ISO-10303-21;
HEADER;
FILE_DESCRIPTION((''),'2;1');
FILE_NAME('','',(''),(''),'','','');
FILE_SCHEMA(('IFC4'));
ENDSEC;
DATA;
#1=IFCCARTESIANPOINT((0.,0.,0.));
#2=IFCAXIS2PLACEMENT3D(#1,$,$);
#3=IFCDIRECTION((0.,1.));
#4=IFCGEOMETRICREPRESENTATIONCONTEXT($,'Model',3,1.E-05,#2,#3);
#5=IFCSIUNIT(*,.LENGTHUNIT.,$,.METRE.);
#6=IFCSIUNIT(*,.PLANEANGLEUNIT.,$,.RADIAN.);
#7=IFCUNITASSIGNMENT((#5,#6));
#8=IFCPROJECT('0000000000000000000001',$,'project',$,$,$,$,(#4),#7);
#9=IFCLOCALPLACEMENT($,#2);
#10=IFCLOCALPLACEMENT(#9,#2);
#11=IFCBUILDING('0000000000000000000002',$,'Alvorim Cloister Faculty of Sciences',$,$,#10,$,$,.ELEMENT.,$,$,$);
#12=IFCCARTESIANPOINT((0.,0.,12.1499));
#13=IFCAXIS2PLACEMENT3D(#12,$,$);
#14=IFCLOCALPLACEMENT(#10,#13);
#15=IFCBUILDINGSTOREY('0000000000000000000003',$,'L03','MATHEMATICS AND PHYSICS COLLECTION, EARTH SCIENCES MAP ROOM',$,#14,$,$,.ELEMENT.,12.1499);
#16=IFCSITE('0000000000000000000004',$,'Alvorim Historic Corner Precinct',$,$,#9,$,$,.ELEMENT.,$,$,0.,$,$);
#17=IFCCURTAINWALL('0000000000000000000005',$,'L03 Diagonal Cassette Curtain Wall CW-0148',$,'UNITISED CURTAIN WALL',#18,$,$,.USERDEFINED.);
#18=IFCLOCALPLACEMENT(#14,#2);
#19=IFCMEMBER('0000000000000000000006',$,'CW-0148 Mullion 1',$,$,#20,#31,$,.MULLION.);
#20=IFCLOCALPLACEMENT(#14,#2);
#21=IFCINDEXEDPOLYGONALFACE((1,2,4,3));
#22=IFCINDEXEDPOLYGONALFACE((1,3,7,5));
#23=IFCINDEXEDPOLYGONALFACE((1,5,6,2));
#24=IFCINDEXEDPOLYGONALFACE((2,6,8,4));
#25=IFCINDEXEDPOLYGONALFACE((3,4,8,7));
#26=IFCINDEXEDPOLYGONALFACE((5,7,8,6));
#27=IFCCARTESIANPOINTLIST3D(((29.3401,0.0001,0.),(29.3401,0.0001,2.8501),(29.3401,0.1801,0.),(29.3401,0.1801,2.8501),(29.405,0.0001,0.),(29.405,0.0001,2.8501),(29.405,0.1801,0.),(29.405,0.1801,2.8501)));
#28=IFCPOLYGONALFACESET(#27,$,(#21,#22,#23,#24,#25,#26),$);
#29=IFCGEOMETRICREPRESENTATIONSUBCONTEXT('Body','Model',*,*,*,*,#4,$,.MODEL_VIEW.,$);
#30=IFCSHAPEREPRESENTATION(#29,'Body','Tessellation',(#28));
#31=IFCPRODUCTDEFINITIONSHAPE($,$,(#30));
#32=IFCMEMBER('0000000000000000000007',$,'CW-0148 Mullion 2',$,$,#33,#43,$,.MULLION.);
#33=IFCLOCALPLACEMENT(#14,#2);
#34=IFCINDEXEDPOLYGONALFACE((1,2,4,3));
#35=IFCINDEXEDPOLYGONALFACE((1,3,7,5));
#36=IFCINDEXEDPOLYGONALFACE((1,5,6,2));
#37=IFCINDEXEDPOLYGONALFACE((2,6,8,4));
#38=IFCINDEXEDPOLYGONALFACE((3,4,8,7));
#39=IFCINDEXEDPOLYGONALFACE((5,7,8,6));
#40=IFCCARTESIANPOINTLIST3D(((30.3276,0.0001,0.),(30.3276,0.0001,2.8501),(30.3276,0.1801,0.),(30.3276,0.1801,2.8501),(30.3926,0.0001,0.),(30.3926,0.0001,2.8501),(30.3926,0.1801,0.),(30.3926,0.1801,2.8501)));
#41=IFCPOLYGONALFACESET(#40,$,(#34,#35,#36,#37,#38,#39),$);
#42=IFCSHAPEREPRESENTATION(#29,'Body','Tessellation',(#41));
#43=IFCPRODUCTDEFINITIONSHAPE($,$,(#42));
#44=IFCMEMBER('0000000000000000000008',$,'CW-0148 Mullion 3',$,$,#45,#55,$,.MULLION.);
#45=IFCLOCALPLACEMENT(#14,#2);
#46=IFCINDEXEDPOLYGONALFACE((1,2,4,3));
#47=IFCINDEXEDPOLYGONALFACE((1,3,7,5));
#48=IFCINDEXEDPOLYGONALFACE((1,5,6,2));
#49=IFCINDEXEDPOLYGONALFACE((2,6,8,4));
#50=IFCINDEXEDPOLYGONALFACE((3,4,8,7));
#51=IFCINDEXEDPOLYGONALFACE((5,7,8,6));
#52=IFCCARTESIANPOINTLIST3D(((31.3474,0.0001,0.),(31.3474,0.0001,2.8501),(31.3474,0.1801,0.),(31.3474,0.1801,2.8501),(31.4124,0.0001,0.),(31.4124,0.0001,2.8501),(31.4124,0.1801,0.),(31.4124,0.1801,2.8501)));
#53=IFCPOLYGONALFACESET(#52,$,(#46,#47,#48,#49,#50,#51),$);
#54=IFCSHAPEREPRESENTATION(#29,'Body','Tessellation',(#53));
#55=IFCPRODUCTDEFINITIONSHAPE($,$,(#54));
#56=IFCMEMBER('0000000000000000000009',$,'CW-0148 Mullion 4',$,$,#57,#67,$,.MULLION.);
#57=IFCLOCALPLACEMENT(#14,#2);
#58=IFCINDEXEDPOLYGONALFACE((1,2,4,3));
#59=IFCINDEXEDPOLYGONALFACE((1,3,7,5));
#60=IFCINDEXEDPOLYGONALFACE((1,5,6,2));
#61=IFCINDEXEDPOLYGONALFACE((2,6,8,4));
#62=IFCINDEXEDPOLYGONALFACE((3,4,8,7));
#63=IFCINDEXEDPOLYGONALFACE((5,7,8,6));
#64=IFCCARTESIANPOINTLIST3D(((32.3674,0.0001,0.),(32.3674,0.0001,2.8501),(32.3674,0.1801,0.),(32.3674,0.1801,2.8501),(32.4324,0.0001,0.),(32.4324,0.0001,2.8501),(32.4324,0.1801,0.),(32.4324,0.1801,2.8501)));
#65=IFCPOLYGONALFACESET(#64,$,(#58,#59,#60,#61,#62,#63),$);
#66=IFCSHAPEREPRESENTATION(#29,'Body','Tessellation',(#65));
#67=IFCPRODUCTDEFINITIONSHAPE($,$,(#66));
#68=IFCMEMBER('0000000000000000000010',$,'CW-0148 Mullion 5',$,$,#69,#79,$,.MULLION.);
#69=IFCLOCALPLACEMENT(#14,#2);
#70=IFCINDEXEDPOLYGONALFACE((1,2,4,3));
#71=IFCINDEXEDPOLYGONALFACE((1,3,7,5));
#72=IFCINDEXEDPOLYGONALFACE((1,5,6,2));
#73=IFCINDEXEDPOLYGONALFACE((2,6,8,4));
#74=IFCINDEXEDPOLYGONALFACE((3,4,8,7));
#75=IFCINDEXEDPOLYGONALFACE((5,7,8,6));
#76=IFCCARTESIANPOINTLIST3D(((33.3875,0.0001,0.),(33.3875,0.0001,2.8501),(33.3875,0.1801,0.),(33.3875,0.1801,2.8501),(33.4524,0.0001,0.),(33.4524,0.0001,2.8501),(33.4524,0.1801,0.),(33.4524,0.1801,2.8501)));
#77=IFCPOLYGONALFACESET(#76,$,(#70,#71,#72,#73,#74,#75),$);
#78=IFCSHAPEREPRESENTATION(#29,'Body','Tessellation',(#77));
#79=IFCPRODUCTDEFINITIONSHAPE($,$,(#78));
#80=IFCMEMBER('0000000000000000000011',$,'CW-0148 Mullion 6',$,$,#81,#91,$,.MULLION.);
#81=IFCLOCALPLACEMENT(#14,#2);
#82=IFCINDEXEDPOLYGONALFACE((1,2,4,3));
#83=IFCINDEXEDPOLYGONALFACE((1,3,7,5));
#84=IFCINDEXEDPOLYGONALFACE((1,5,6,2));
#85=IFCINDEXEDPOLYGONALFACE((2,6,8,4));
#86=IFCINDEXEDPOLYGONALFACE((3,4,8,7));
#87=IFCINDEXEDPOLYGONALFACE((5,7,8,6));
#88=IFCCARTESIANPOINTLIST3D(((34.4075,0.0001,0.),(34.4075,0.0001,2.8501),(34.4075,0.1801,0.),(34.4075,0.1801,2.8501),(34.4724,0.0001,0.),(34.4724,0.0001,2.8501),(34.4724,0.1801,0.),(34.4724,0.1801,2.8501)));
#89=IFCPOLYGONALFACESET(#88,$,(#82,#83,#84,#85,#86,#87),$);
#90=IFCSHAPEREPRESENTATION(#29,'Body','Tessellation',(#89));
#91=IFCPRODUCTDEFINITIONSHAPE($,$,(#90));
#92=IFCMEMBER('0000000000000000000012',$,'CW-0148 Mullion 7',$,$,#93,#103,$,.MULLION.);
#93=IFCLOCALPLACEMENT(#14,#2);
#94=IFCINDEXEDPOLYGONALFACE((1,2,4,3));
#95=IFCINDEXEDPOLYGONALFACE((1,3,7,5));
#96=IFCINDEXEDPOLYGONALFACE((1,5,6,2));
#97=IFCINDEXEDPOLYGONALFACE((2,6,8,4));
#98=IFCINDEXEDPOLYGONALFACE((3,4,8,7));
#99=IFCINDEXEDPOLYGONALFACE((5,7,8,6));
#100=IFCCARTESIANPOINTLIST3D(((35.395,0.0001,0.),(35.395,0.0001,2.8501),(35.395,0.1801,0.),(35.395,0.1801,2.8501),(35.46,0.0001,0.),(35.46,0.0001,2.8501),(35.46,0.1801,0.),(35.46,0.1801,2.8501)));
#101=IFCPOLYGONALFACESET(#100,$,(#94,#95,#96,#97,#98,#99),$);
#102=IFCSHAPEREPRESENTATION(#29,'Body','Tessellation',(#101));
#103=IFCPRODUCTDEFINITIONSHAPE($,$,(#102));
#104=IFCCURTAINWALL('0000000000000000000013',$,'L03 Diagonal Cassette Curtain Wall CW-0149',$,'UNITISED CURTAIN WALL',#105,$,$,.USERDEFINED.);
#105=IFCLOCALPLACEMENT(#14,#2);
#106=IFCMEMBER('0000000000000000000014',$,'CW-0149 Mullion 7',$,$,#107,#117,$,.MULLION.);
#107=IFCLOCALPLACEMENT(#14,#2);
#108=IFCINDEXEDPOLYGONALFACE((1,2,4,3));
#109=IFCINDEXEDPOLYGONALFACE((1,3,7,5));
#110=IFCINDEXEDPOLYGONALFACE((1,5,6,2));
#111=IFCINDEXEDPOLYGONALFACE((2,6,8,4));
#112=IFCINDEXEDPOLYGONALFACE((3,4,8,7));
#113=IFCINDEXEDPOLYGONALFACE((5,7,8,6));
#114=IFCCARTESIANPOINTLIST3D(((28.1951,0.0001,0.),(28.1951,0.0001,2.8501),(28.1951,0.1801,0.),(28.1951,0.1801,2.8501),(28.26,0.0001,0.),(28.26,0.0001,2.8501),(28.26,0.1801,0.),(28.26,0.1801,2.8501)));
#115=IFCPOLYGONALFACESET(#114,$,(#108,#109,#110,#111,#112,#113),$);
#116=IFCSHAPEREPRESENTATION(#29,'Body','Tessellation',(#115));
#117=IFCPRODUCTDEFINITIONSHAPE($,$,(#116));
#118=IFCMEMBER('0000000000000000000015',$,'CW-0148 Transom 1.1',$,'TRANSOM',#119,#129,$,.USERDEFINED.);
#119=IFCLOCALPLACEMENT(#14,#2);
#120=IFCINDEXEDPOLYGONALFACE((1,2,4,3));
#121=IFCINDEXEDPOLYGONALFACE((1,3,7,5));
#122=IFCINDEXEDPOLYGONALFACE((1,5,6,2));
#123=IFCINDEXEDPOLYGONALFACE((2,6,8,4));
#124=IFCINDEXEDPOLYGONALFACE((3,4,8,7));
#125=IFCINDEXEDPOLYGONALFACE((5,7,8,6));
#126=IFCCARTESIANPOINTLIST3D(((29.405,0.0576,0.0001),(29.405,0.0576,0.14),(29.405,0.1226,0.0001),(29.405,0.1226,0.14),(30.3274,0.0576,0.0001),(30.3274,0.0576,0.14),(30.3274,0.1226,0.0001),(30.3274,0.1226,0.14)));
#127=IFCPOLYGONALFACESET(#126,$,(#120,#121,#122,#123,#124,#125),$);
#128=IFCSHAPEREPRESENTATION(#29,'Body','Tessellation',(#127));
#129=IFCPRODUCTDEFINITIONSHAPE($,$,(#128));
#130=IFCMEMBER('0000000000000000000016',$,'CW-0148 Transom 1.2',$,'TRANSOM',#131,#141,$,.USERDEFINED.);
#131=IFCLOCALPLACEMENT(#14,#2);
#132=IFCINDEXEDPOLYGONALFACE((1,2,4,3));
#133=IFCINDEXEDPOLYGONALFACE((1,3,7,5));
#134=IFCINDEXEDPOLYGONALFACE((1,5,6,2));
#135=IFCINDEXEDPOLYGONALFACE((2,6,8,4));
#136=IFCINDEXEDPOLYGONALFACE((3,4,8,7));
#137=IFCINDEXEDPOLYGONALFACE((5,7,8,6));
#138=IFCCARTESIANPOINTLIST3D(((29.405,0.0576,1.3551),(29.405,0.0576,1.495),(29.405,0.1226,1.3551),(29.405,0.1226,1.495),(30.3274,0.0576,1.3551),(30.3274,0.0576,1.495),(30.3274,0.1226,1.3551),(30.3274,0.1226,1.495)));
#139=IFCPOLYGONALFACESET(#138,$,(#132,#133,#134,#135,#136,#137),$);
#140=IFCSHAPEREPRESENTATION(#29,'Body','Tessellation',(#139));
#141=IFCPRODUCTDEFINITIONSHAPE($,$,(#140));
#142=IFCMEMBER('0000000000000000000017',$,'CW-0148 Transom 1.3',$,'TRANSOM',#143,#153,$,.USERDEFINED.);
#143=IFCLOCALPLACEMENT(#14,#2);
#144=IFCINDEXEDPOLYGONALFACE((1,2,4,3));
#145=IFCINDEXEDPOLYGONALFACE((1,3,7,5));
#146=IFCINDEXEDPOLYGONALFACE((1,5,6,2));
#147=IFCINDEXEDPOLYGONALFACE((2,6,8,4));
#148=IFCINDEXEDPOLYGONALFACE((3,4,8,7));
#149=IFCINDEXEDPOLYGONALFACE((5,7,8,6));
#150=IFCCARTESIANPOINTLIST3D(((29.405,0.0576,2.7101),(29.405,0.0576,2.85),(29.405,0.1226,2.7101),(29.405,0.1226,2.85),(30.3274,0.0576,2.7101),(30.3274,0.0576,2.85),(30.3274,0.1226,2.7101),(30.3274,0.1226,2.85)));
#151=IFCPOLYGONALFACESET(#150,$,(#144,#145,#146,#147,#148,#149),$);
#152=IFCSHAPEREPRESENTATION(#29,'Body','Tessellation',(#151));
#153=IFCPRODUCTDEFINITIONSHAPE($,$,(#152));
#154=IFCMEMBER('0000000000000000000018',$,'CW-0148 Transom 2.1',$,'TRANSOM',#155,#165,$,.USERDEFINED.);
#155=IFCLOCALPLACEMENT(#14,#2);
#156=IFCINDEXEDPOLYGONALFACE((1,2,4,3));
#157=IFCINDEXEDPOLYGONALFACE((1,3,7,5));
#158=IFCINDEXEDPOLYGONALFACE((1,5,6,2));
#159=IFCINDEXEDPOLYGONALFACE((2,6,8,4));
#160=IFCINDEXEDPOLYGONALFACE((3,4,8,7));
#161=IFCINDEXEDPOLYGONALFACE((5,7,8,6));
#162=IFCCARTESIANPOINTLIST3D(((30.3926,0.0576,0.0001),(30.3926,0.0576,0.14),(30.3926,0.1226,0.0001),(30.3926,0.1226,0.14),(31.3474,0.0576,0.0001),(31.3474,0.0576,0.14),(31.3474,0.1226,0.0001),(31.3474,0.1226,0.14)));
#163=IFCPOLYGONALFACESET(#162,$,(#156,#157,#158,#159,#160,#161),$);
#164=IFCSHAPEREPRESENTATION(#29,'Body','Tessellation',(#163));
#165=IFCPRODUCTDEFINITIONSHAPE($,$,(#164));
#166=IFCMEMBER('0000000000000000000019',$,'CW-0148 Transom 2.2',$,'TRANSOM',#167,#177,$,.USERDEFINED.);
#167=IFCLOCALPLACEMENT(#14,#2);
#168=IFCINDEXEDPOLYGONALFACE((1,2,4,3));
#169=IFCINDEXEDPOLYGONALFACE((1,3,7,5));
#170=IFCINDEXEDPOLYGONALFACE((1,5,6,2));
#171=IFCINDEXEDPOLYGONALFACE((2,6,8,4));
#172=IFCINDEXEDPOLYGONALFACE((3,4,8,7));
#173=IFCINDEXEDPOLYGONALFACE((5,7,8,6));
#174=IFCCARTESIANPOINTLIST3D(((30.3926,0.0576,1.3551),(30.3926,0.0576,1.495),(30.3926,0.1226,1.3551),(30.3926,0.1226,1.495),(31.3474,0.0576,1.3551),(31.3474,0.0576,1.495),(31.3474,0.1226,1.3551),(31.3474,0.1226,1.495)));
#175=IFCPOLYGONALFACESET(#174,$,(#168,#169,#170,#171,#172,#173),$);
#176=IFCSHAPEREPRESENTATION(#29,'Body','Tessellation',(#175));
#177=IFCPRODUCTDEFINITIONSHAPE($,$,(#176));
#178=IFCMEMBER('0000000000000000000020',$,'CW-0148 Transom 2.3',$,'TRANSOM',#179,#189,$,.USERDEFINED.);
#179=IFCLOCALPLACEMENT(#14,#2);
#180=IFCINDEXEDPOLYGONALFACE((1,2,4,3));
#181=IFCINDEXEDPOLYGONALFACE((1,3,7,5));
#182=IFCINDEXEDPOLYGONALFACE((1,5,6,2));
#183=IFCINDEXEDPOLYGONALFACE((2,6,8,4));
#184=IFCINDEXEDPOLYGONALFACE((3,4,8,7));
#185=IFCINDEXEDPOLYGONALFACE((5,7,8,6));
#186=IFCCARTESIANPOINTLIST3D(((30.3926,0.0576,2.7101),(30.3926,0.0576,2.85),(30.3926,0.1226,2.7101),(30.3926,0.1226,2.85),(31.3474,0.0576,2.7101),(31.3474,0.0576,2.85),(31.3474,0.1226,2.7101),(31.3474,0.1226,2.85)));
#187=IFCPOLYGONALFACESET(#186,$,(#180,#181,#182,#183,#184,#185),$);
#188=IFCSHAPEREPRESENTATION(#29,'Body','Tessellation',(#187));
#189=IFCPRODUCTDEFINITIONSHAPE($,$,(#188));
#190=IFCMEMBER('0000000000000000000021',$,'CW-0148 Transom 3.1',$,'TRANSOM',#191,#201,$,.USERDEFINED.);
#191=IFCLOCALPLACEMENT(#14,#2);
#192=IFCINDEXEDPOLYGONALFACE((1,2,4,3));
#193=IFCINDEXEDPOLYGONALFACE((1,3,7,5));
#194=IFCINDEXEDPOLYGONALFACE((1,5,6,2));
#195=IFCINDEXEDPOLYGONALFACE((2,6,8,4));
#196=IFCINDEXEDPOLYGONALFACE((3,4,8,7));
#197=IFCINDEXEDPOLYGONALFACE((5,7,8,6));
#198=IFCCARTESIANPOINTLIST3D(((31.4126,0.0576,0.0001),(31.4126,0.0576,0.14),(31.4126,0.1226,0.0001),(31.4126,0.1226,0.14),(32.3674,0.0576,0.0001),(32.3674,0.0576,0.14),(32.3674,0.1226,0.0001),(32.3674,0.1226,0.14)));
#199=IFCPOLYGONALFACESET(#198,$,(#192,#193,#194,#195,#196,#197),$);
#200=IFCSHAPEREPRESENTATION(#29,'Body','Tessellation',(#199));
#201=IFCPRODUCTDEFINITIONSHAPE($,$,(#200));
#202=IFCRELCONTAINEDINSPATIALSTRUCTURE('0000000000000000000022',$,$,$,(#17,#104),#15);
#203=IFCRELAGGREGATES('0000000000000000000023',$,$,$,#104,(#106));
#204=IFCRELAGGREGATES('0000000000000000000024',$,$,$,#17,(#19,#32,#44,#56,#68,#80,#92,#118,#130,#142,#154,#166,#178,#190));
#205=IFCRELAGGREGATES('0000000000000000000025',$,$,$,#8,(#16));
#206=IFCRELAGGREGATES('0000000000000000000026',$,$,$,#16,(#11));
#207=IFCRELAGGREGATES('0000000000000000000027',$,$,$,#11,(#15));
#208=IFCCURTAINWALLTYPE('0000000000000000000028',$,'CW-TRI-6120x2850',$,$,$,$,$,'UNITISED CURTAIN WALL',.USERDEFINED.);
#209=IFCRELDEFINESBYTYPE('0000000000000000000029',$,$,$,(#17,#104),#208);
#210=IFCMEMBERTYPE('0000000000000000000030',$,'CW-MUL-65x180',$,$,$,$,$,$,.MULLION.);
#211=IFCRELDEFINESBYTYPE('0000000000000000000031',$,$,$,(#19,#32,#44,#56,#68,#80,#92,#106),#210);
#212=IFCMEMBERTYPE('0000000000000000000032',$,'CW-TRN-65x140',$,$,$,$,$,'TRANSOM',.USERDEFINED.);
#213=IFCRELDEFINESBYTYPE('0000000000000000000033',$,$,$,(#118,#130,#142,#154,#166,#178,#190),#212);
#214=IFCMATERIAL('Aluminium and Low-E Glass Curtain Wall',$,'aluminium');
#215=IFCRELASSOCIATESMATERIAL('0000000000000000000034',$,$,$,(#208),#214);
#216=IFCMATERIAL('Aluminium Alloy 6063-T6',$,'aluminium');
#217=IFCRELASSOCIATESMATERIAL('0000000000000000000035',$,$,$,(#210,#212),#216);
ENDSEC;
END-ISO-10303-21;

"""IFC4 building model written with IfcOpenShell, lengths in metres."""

from ifc_helpers import new_model, si_unit, direction, frame, origin, origin_2d, place, context, subcontext, project, spatial, rectangle, extrude, material, material_profile, profile_set, type_object, element, aggregate, save


model = new_model("IFC4")

# Units and contexts
model_context = context("Model", 3, precision=1e-05, world=origin(), true_north=direction((0.0, 1.0)))
body_context = subcontext(model_context, "Body", "Model", "MODEL_VIEW")
ifc_project = project(units=[si_unit("LENGTHUNIT", "METRE"), si_unit("PLANEANGLEUNIT", "RADIAN")], contexts=[model_context])

# Site, building, storey
site_placement = place(None, origin())
site = spatial("IfcSite", under=ifc_project, at=site_placement, Name="Alvorim Historic Corner Precinct", CompositionType="ELEMENT", RefElevation=0.0)
building_placement = place(site_placement, origin())
building = spatial("IfcBuilding", under=site, at=building_placement, Name="Alvorim Cloister Faculty of Sciences", CompositionType="ELEMENT")
storey_placement = place(building_placement, frame((0.0, 0.0, 12.1499)))
storey = spatial("IfcBuildingStorey", under=building, at=storey_placement, Name="L03", Description="MATHEMATICS AND PHYSICS COLLECTION, EARTH SCIENCES MAP ROOM", CompositionType="ELEMENT", Elevation=12.1499)

# Curtain wall, members
ifc_material_1 = material(Name="Aluminium and Low-E Glass Curtain Wall", Category="aluminium")
curtain_wall_type = type_object("IfcCurtainWallType", Name="CW-TRI-6120x2850", ElementType="UNITISED CURTAIN WALL", PredefinedType="USERDEFINED", material=ifc_material_1)
curtain_wall_1_placement = place(storey_placement, origin())
curtain_wall_1 = element("IfcCurtainWall", 1, at=curtain_wall_1_placement, inside=storey, type_object=curtain_wall_type, Name="L03 Diagonal Cassette Curtain Wall CW-0148", ObjectType="UNITISED CURTAIN WALL", PredefinedType="USERDEFINED")
ifc_material_2 = material(Name="Aluminium Alloy 6063-T6", Category="aluminium")
ifc_material_profile_1 = material_profile(ifc_material_2, rectangle(XDim=0.0649, YDim=0.1799, at=origin_2d()), Name="ALU-MUL-65x180")
ifc_profile_set_1 = profile_set([ifc_material_profile_1], Name="Aluminium Alloy 6063-T6")
member_type_1 = type_object("IfcMemberType", Name="CW-MUL-65x180", PredefinedType="MULLION", material=ifc_profile_set_1)
member_1_placement = place(storey_placement, frame((29.3726, 0.0901, 0.0), z_axis=(0.0, 0.0, 1.0), x_axis=(1.0, 0.0, 0.0)))
member_1 = element("IfcMember", 2, at=member_1_placement, type_object=member_type_1, Name="CW-0148 Mullion 1", PredefinedType="MULLION", context=body_context, shape_type="SweptSolid", body=[
    extrude(rectangle(XDim=0.0649, YDim=0.1799, at=origin_2d()), origin(), (0.0, 0.0, 1.0), 2.8501),
])
member_2_placement = place(storey_placement, frame((30.3601, 0.0901, 0.0), z_axis=(0.0, 0.0, 1.0), x_axis=(1.0, 0.0, 0.0)))
member_2 = element("IfcMember", 3, at=member_2_placement, type_object=member_type_1, Name="CW-0148 Mullion 2", PredefinedType="MULLION", context=body_context, shape_type="SweptSolid", body=[
    extrude(rectangle(XDim=0.0649, YDim=0.1799, at=origin_2d()), origin(), (0.0, 0.0, 1.0), 2.8501),
])
member_3_placement = place(storey_placement, frame((31.3799, 0.0901, 0.0), z_axis=(0.0, 0.0, 1.0), x_axis=(1.0, 0.0, 0.0)))
member_3 = element("IfcMember", 4, at=member_3_placement, type_object=member_type_1, Name="CW-0148 Mullion 3", PredefinedType="MULLION", context=body_context, shape_type="SweptSolid", body=[
    extrude(rectangle(XDim=0.0649, YDim=0.1799, at=origin_2d()), origin(), (0.0, 0.0, 1.0), 2.8501),
])
member_4_placement = place(storey_placement, frame((32.3999, 0.0901, 0.0), z_axis=(0.0, 0.0, 1.0), x_axis=(1.0, 0.0, 0.0)))
member_4 = element("IfcMember", 5, at=member_4_placement, type_object=member_type_1, Name="CW-0148 Mullion 4", PredefinedType="MULLION", context=body_context, shape_type="SweptSolid", body=[
    extrude(rectangle(XDim=0.0649, YDim=0.1799, at=origin_2d()), origin(), (0.0, 0.0, 1.0), 2.8501),
])
member_5_placement = place(storey_placement, frame((33.4199, 0.0901, 0.0), z_axis=(0.0, 0.0, 1.0), x_axis=(1.0, 0.0, 0.0)))
member_5 = element("IfcMember", 6, at=member_5_placement, type_object=member_type_1, Name="CW-0148 Mullion 5", PredefinedType="MULLION", context=body_context, shape_type="SweptSolid", body=[
    extrude(rectangle(XDim=0.0649, YDim=0.1799, at=origin_2d()), origin(), (0.0, 0.0, 1.0), 2.8501),
])
member_6_placement = place(storey_placement, frame((34.4399, 0.0901, 0.0), z_axis=(0.0, 0.0, 1.0), x_axis=(1.0, 0.0, 0.0)))
member_6 = element("IfcMember", 7, at=member_6_placement, type_object=member_type_1, Name="CW-0148 Mullion 6", PredefinedType="MULLION", context=body_context, shape_type="SweptSolid", body=[
    extrude(rectangle(XDim=0.0649, YDim=0.1799, at=origin_2d()), origin(), (0.0, 0.0, 1.0), 2.8501),
])
member_7_placement = place(storey_placement, frame((35.4275, 0.0901, 0.0), z_axis=(0.0, 0.0, 1.0), x_axis=(1.0, 0.0, 0.0)))
member_7 = element("IfcMember", 8, at=member_7_placement, type_object=member_type_1, Name="CW-0148 Mullion 7", PredefinedType="MULLION", context=body_context, shape_type="SweptSolid", body=[
    extrude(rectangle(XDim=0.0649, YDim=0.1799, at=origin_2d()), origin(), (0.0, 0.0, 1.0), 2.8501),
])

# Curtain wall, member
curtain_wall_2_placement = place(storey_placement, origin())
curtain_wall_2 = element("IfcCurtainWall", 9, at=curtain_wall_2_placement, inside=storey, type_object=curtain_wall_type, Name="L03 Diagonal Cassette Curtain Wall CW-0149", ObjectType="UNITISED CURTAIN WALL", PredefinedType="USERDEFINED")
member_8_placement = place(storey_placement, frame((28.2275, 0.0901, 0.0), z_axis=(0.0, 0.0, 1.0), x_axis=(1.0, 0.0, 0.0)))
member_8 = element("IfcMember", 10, at=member_8_placement, type_object=member_type_1, Name="CW-0149 Mullion 7", PredefinedType="MULLION", context=body_context, shape_type="SweptSolid", body=[
    extrude(rectangle(XDim=0.0649, YDim=0.1799, at=origin_2d()), origin(), (0.0, 0.0, 1.0), 2.8501),
])
aggregate(curtain_wall_2, [member_8])

# Members
ifc_material_profile_2 = material_profile(ifc_material_2, rectangle(XDim=0.0649, YDim=0.1399, at=origin_2d()), Name="ALU-TRN-65x140")
ifc_profile_set_2 = profile_set([ifc_material_profile_2], Name="Aluminium Alloy 6063-T6")
member_type_2 = type_object("IfcMemberType", Name="CW-TRN-65x140", ElementType="TRANSOM", PredefinedType="USERDEFINED", material=ifc_profile_set_2)
member_9_placement = place(storey_placement, frame((29.405, 0.0901, 0.0701), z_axis=(1.0, 0.0, 0.0), x_axis=(0.0, 1.0, 0.0)))
member_9 = element("IfcMember", 11, at=member_9_placement, type_object=member_type_2, Name="CW-0148 Transom 1.1", ObjectType="TRANSOM", PredefinedType="USERDEFINED", context=body_context, shape_type="SweptSolid", body=[
    extrude(rectangle(XDim=0.0649, YDim=0.1399, at=origin_2d()), origin(), (0.0, 0.0, 1.0), 0.9224),
])
member_10_placement = place(storey_placement, frame((29.405, 0.0901, 1.425), z_axis=(1.0, 0.0, 0.0), x_axis=(0.0, 1.0, 0.0)))
member_10 = element("IfcMember", 12, at=member_10_placement, type_object=member_type_2, Name="CW-0148 Transom 1.2", ObjectType="TRANSOM", PredefinedType="USERDEFINED", context=body_context, shape_type="SweptSolid", body=[
    extrude(rectangle(XDim=0.0649, YDim=0.1399, at=origin_2d()), origin(), (0.0, 0.0, 1.0), 0.9224),
])
member_11_placement = place(storey_placement, frame((29.405, 0.0901, 2.78), z_axis=(1.0, 0.0, 0.0), x_axis=(0.0, 1.0, 0.0)))
member_11 = element("IfcMember", 13, at=member_11_placement, type_object=member_type_2, Name="CW-0148 Transom 1.3", ObjectType="TRANSOM", PredefinedType="USERDEFINED", context=body_context, shape_type="SweptSolid", body=[
    extrude(rectangle(XDim=0.0649, YDim=0.1399, at=origin_2d()), origin(), (0.0, 0.0, 1.0), 0.9224),
])
member_12_placement = place(storey_placement, frame((30.3926, 0.0901, 0.0701), z_axis=(1.0, 0.0, 0.0), x_axis=(0.0, 1.0, 0.0)))
member_12 = element("IfcMember", 14, at=member_12_placement, type_object=member_type_2, Name="CW-0148 Transom 2.1", ObjectType="TRANSOM", PredefinedType="USERDEFINED", context=body_context, shape_type="SweptSolid", body=[
    extrude(rectangle(XDim=0.0649, YDim=0.1399, at=origin_2d()), origin(), (0.0, 0.0, 1.0), 0.9548),
])
member_13_placement = place(storey_placement, frame((30.3926, 0.0901, 1.425), z_axis=(1.0, 0.0, 0.0), x_axis=(0.0, 1.0, 0.0)))
member_13 = element("IfcMember", 15, at=member_13_placement, type_object=member_type_2, Name="CW-0148 Transom 2.2", ObjectType="TRANSOM", PredefinedType="USERDEFINED", context=body_context, shape_type="SweptSolid", body=[
    extrude(rectangle(XDim=0.0649, YDim=0.1399, at=origin_2d()), origin(), (0.0, 0.0, 1.0), 0.9548),
])
member_14_placement = place(storey_placement, frame((30.3926, 0.0901, 2.78), z_axis=(1.0, 0.0, 0.0), x_axis=(0.0, 1.0, 0.0)))
member_14 = element("IfcMember", 16, at=member_14_placement, type_object=member_type_2, Name="CW-0148 Transom 2.3", ObjectType="TRANSOM", PredefinedType="USERDEFINED", context=body_context, shape_type="SweptSolid", body=[
    extrude(rectangle(XDim=0.0649, YDim=0.1399, at=origin_2d()), origin(), (0.0, 0.0, 1.0), 0.9548),
])
member_15_placement = place(storey_placement, frame((31.4126, 0.0901, 0.0701), z_axis=(1.0, 0.0, 0.0), x_axis=(0.0, 1.0, 0.0)))
member_15 = element("IfcMember", 17, at=member_15_placement, type_object=member_type_2, Name="CW-0148 Transom 3.1", ObjectType="TRANSOM", PredefinedType="USERDEFINED", context=body_context, shape_type="SweptSolid", body=[
    extrude(rectangle(XDim=0.0649, YDim=0.1399, at=origin_2d()), origin(), (0.0, 0.0, 1.0), 0.9548),
])
aggregate(curtain_wall_1, [member_1, member_2, member_3, member_4, member_5, member_6, member_7, member_9, member_10, member_11, member_12, member_13, member_14, member_15])

save(model, "model.ifc")
